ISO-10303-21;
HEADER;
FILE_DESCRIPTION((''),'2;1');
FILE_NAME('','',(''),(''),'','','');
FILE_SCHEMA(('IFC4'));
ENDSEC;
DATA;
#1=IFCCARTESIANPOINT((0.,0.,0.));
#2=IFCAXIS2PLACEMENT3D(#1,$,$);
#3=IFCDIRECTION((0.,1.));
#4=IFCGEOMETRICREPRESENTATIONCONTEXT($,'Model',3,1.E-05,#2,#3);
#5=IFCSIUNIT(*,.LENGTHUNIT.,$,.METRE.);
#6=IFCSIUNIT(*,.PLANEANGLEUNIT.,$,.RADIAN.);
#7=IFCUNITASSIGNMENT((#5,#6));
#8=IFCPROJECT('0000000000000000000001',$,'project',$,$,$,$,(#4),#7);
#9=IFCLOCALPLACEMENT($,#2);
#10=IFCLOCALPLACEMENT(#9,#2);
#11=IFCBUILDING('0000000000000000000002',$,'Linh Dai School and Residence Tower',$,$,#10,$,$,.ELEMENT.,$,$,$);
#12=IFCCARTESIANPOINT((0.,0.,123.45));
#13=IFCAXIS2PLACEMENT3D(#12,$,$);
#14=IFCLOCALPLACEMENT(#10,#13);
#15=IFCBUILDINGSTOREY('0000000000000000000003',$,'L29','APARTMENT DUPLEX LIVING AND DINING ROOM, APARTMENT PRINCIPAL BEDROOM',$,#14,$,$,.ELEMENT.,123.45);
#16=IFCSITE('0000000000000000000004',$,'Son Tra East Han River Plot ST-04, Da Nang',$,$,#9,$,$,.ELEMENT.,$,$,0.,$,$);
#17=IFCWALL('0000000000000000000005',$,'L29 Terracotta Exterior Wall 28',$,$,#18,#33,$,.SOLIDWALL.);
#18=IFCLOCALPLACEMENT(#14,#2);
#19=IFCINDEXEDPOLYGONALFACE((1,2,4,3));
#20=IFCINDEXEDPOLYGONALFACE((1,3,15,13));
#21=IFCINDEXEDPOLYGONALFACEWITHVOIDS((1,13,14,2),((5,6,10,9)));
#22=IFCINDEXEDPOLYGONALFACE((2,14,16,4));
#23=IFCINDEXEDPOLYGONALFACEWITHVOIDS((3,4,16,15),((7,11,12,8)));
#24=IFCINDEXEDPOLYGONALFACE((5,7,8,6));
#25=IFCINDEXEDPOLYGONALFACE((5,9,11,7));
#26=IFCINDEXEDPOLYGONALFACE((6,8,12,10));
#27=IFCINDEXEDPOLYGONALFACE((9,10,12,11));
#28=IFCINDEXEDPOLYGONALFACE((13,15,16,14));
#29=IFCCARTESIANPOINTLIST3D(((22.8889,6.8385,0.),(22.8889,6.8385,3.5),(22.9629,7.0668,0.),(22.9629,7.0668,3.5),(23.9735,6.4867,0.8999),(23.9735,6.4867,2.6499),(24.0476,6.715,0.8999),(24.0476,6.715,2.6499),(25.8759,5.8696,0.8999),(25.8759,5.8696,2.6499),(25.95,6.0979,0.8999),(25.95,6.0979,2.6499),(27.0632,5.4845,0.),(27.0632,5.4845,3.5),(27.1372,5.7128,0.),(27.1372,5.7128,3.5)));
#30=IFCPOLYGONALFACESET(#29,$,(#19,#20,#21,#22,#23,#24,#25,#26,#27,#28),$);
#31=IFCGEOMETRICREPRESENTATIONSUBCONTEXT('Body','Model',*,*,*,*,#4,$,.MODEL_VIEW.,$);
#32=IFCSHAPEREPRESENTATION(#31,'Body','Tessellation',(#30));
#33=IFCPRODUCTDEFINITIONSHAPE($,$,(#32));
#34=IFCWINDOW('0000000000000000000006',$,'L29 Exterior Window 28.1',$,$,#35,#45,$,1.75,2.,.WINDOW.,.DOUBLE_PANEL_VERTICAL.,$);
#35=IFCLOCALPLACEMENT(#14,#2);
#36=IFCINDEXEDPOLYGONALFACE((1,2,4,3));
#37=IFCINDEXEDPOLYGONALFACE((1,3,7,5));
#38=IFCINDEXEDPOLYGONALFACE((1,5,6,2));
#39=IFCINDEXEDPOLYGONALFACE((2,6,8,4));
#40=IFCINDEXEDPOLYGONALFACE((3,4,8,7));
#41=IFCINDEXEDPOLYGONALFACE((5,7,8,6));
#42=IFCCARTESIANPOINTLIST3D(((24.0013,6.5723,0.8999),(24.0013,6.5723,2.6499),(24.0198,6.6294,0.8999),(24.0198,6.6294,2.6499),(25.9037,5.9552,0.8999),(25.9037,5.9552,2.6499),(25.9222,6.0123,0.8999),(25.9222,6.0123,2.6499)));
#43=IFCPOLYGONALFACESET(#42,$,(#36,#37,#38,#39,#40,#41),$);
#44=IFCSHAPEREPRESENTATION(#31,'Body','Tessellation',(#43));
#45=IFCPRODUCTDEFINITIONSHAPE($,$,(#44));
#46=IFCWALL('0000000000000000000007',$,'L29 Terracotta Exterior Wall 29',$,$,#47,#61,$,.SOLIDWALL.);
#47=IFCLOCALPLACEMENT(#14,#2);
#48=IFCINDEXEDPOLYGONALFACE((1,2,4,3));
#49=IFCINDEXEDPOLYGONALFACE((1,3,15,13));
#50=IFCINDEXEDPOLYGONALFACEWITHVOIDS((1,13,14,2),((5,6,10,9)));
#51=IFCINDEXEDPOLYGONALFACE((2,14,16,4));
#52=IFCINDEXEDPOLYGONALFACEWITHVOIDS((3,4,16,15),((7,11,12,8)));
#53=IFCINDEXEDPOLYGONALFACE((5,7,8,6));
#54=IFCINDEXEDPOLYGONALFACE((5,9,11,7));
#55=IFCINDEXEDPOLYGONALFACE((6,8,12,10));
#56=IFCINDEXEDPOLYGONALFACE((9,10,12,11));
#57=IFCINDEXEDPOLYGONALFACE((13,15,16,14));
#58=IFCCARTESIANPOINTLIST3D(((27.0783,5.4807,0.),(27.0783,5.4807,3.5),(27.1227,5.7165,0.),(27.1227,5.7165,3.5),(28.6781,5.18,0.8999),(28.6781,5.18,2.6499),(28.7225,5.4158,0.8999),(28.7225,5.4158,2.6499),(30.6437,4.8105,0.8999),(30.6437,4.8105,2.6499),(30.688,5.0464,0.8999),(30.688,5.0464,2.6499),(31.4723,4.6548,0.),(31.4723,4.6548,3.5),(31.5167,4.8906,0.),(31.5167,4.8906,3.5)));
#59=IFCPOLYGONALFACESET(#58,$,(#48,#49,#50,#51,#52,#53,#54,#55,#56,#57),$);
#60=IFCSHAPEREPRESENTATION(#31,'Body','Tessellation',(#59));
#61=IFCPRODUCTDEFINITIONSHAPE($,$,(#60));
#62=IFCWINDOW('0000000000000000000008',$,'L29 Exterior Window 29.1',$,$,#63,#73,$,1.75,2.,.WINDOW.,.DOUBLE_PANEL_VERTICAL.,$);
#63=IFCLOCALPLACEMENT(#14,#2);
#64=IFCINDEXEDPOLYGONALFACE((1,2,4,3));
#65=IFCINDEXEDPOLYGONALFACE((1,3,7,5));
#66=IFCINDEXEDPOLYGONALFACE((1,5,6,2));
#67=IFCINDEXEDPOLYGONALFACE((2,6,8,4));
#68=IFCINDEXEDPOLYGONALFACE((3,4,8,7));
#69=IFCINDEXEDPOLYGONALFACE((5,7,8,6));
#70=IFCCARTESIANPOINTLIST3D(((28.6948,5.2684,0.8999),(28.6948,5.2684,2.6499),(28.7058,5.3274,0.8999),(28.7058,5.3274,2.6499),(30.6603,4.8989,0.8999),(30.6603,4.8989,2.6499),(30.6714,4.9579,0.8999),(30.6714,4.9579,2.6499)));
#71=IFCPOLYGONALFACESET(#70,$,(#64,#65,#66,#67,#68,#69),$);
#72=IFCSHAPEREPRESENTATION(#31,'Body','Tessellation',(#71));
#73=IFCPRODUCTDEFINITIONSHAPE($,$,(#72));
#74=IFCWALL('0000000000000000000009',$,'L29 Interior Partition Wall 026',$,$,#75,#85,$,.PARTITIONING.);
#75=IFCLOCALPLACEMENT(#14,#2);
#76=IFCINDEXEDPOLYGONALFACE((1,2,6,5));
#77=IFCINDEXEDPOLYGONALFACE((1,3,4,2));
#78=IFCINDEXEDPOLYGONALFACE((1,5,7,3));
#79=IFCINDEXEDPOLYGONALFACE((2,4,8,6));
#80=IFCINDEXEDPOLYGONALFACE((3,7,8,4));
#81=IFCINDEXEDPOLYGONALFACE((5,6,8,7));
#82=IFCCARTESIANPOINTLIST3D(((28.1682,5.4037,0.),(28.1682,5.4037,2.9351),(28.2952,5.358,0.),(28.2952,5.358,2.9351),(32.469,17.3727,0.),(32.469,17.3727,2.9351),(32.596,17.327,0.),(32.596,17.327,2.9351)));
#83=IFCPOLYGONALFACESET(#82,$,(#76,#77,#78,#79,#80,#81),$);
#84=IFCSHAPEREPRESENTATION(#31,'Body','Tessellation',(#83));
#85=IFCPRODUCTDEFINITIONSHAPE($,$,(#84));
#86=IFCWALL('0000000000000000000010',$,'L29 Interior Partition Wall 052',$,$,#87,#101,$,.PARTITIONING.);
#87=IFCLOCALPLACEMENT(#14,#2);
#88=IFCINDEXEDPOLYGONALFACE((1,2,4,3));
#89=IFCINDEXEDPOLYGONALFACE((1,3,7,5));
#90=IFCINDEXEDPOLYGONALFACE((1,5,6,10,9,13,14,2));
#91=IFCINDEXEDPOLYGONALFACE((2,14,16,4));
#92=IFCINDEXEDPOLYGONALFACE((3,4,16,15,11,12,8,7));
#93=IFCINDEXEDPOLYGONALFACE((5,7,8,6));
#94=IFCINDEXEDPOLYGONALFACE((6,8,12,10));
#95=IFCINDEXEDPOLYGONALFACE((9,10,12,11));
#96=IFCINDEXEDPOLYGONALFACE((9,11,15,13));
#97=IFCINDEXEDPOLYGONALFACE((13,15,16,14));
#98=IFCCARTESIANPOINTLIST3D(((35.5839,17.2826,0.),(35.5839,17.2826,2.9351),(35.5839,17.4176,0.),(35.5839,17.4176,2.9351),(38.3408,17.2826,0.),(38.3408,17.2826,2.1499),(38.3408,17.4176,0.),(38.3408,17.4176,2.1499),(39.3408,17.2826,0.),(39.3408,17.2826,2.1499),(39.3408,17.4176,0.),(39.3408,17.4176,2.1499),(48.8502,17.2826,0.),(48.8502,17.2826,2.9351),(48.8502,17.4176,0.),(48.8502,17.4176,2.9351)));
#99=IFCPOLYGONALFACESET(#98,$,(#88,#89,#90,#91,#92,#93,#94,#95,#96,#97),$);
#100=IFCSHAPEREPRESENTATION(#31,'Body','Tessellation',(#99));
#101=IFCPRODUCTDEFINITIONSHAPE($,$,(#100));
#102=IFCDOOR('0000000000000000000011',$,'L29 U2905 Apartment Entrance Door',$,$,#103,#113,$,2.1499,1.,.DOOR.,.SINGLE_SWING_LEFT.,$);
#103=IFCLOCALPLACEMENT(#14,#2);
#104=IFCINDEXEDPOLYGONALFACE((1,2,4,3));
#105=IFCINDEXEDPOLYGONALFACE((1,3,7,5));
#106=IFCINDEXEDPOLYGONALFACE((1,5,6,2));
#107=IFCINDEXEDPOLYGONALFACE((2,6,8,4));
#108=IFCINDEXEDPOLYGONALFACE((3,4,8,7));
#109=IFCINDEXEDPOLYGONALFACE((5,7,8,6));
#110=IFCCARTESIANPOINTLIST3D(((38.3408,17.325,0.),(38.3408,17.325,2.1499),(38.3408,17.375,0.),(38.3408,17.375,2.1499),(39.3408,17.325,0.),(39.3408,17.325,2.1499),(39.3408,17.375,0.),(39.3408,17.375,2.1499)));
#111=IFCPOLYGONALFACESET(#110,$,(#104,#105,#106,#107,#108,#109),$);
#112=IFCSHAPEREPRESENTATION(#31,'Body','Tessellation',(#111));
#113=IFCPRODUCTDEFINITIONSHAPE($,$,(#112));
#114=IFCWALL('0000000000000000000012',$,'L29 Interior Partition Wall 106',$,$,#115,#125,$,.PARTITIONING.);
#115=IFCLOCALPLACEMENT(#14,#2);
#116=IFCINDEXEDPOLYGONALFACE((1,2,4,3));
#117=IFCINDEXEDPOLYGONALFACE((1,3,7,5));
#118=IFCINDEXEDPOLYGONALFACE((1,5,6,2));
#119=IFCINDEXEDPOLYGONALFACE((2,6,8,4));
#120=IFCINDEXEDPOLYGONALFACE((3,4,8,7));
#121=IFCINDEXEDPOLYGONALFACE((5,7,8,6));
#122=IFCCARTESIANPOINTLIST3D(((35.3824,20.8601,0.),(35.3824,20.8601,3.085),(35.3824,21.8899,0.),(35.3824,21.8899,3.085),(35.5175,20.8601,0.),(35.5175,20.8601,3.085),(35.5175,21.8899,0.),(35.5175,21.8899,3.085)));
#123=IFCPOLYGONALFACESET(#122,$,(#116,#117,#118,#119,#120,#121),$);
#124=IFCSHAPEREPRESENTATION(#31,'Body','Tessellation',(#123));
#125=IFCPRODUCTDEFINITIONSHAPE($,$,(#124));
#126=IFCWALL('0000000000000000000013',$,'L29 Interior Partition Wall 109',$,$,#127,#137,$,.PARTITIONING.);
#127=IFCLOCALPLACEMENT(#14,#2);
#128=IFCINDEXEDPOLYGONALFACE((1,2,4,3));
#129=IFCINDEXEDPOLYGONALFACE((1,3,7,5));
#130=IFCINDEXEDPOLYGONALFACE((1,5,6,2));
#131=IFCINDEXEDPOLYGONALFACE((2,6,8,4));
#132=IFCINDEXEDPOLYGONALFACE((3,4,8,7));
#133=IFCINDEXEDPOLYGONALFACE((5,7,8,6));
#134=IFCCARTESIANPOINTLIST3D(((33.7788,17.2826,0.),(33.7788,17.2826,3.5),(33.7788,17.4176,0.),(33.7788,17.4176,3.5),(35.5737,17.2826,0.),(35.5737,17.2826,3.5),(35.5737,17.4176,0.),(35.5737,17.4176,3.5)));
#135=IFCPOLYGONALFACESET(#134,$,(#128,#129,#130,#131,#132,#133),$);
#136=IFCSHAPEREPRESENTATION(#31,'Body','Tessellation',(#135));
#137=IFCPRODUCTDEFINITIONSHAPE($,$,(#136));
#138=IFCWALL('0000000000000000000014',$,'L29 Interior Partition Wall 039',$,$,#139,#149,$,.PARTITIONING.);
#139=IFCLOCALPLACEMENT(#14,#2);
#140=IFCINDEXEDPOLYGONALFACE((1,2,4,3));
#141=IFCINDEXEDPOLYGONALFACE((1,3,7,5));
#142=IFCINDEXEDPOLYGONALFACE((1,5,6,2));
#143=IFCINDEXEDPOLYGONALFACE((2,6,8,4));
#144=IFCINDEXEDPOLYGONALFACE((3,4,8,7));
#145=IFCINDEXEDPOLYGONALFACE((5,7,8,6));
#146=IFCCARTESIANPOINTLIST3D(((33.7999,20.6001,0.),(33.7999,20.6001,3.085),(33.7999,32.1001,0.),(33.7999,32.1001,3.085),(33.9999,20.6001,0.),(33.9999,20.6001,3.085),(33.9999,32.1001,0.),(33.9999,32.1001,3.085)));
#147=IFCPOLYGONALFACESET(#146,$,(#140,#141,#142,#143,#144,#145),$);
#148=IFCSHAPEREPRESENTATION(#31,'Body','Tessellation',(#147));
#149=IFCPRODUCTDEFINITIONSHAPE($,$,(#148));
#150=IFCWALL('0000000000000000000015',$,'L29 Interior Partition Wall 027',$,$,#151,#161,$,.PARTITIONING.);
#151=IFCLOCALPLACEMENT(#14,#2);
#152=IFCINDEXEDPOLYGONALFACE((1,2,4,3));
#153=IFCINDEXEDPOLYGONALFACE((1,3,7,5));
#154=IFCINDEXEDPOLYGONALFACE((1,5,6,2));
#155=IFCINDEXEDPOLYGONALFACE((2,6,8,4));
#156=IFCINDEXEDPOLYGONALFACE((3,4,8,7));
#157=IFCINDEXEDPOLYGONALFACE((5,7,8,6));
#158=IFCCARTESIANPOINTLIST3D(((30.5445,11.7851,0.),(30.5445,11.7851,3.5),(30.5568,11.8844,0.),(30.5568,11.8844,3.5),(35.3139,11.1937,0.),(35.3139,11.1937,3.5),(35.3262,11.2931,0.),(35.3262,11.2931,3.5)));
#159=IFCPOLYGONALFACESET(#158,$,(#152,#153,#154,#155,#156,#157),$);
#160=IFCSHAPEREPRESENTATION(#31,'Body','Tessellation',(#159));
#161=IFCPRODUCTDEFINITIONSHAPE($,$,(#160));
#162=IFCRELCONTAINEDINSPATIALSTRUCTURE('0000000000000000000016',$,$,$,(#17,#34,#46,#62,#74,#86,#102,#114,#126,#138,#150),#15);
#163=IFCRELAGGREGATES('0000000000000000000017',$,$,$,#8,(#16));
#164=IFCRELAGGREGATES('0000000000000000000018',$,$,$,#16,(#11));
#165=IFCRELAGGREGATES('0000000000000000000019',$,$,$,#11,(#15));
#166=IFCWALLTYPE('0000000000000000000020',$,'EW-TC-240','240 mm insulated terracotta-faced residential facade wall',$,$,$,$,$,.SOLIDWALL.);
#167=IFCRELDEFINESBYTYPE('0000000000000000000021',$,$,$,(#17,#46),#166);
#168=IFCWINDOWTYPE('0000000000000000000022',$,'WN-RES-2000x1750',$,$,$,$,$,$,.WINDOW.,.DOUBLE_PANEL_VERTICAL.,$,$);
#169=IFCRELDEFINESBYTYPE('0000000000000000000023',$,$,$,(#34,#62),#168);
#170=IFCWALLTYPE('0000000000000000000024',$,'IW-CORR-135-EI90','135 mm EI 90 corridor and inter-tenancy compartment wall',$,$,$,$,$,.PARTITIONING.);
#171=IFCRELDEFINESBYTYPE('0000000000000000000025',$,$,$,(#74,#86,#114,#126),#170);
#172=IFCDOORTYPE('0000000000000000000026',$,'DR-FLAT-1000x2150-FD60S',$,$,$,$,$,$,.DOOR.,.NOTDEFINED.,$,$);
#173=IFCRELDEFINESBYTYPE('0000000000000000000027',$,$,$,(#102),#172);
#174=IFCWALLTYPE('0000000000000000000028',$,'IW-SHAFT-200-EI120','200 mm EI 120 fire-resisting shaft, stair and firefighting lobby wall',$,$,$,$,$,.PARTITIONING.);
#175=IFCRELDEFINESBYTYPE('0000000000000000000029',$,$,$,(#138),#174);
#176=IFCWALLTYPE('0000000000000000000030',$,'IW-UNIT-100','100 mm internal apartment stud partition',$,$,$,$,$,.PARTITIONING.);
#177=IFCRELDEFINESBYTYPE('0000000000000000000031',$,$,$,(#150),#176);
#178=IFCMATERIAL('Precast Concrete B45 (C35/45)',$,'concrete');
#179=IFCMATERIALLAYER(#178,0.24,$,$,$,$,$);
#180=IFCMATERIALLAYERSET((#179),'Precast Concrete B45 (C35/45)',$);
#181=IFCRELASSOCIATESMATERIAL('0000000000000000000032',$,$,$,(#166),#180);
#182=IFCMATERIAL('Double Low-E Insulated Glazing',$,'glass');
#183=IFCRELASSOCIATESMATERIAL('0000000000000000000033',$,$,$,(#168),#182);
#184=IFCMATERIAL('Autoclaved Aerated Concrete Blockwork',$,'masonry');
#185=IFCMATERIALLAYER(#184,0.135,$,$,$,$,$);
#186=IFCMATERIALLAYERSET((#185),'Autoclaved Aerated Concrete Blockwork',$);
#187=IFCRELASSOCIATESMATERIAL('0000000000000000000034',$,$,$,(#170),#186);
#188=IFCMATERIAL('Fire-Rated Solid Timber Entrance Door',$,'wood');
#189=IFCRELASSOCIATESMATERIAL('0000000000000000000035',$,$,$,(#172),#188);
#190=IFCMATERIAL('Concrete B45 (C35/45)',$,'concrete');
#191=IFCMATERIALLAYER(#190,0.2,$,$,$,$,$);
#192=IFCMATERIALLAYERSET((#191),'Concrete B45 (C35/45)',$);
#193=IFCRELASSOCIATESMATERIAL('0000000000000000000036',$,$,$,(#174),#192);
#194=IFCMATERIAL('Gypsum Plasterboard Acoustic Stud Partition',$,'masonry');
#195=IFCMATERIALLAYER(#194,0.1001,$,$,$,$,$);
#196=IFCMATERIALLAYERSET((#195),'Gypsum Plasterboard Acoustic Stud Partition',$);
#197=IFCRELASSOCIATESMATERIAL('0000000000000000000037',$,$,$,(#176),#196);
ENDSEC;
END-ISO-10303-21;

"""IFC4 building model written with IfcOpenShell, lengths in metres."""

from ifc_helpers import new_model, si_unit, direction, frame, frame_2d, origin, origin_2d, place, context, subcontext, project, spatial, rectangle, extrude, source, transform, mapped, material, layer, layer_set, type_object, element, fill, save


model = new_model("IFC4")

# Units and contexts
model_context = context("Model", 3, precision=1e-05, world=origin(), true_north=direction((0.0, 1.0)))
body_context = subcontext(model_context, "Body", "Model", "MODEL_VIEW")
ifc_project = project(units=[si_unit("LENGTHUNIT", "METRE"), si_unit("PLANEANGLEUNIT", "RADIAN")], contexts=[model_context])

# Site, building, storey
site_placement = place(None, origin())
site = spatial("IfcSite", under=ifc_project, at=site_placement, Name="Son Tra East Han River Plot ST-04, Da Nang", CompositionType="ELEMENT", RefElevation=0.0)
building_placement = place(site_placement, origin())
building = spatial("IfcBuilding", under=site, at=building_placement, Name="Linh Dai School and Residence Tower", CompositionType="ELEMENT")
storey_placement = place(building_placement, frame((0.0, 0.0, 123.45)))
storey = spatial("IfcBuildingStorey", under=building, at=storey_placement, Name="L29", Description="APARTMENT DUPLEX LIVING AND DINING ROOM, APARTMENT PRINCIPAL BEDROOM", CompositionType="ELEMENT", Elevation=123.45)

# Shared definitions
ifc_material_1 = material(Name="Precast Concrete B45 (C35/45)", Category="concrete")

# Walls, openings, windows
ifc_layer_1 = layer(ifc_material_1, 0.24)
ifc_layer_set_1 = layer_set([ifc_layer_1], Name="Precast Concrete B45 (C35/45)")
wall_type_1 = type_object("IfcWallType", Name="EW-TC-240", Description="240 mm insulated terracotta-faced residential facade wall", PredefinedType="SOLIDWALL", material=ifc_layer_set_1)
wall_1_placement = place(storey_placement, frame((27.1003, 5.5986, 0.0), z_axis=(0.0, 0.0, 1.0), x_axis=(-0.951211, 0.30854, 0.0)))
wall_1 = element("IfcWall", 1, at=wall_1_placement, inside=storey, type_object=wall_type_1, Name="L29 Terracotta Exterior Wall 28", PredefinedType="SOLIDWALL", context=body_context, shape_type="SweptSolid", body=[
    extrude(rectangle(XDim=4.3884, YDim=0.24, at=frame_2d((2.1943, 0.0))), origin(), (0.0, 0.0, 1.0), 3.5),
])
opening_1_placement = place(wall_1_placement, frame((1.2483, 0.0, 0.8999)))
opening_1 = element("IfcOpeningElement", 2, at=opening_1_placement, cuts=wall_1, PredefinedType="OPENING", context=body_context, shape_type="SweptSolid", body=[
    extrude(rectangle(XDim=2.0, YDim=1.75, at=origin_2d()), frame((1.0, 0.1299, 0.875), z_axis=(0.0, -1.0, 0.0), x_axis=(1.0, 0.0, 0.0)), (0.0, 0.0, 1.0), 0.26),
])
ifc_material_2 = material(Name="Double Low-E Insulated Glazing", Category="glass")
window_type = type_object("IfcWindowType", Name="WN-RES-2000x1750", PartitioningType="DOUBLE_PANEL_VERTICAL", PredefinedType="WINDOW", material=ifc_material_2)
shared_shape_1 = source(origin(), body_context, "Body", "SweptSolid", [
    extrude(rectangle(XDim=2.0, YDim=1.75, at=origin_2d()), frame((1.0, 0.03, 0.875), z_axis=(0.0, -1.0, 0.0), x_axis=(1.0, 0.0, 0.0)), (0.0, 0.0, 1.0), 0.0601),
])
window_1_placement = place(opening_1_placement, origin())
window_1 = element("IfcWindow", 3, at=window_1_placement, inside=storey, type_object=window_type, Name="L29 Exterior Window 28.1", OverallHeight=1.75, OverallWidth=2.0, PartitioningType="DOUBLE_PANEL_VERTICAL", PredefinedType="WINDOW", context=body_context, shape_type="MappedRepresentation", body=[
    mapped(shared_shape_1, transform((0.0, 0.0, 0.0), x_axis=(1.0, 0.0, 0.0), y_axis=(0.0, 1.0, 0.0), z_axis=(0.0, 0.0, 1.0), scale=1.0)),
])
fill(opening_1, window_1)
wall_2_placement = place(storey_placement, frame((31.4944, 4.7727, 0.0), z_axis=(0.0, 0.0, 1.0), x_axis=(-0.982789, 0.18473, 0.0)))
wall_2 = element("IfcWall", 4, at=wall_2_placement, inside=storey, type_object=wall_type_1, Name="L29 Terracotta Exterior Wall 29", PredefinedType="SOLIDWALL", context=body_context, shape_type="SweptSolid", body=[
    extrude(rectangle(XDim=4.4709, YDim=0.24, at=frame_2d((2.2354, 0.0))), origin(), (0.0, 0.0, 1.0), 3.5),
])
opening_2_placement = place(wall_2_placement, frame((0.843, 0.0, 0.8999)))
opening_2 = element("IfcOpeningElement", 5, at=opening_2_placement, cuts=wall_2, PredefinedType="OPENING", context=body_context, shape_type="SweptSolid", body=[
    extrude(rectangle(XDim=2.0, YDim=1.75, at=origin_2d()), frame((1.0, 0.1299, 0.875), z_axis=(0.0, -1.0, 0.0), x_axis=(1.0, 0.0, 0.0)), (0.0, 0.0, 1.0), 0.26),
])
window_2_placement = place(opening_2_placement, origin())
window_2 = element("IfcWindow", 6, at=window_2_placement, inside=storey, type_object=window_type, Name="L29 Exterior Window 29.1", OverallHeight=1.75, OverallWidth=2.0, PartitioningType="DOUBLE_PANEL_VERTICAL", PredefinedType="WINDOW", context=body_context, shape_type="MappedRepresentation", body=[
    mapped(shared_shape_1, transform((0.0, 0.0, 0.0), x_axis=(1.0, 0.0, 0.0), y_axis=(0.0, 1.0, 0.0), z_axis=(0.0, 0.0, 1.0), scale=1.0)),
])
fill(opening_2, window_2)

# Wall
ifc_material_3 = material(Name="Autoclaved Aerated Concrete Blockwork", Category="masonry")
ifc_layer_2 = layer(ifc_material_3, 0.135)
ifc_layer_set_2 = layer_set([ifc_layer_2], Name="Autoclaved Aerated Concrete Blockwork")
wall_type_2 = type_object("IfcWallType", Name="IW-CORR-135-EI90", Description="135 mm EI 90 corridor and inter-tenancy compartment wall", PredefinedType="PARTITIONING", material=ifc_layer_set_2)
wall_3_placement = place(storey_placement, frame((28.2317, 5.3809, 0.0), z_axis=(0.0, 0.0, 1.0), x_axis=(0.338159, 0.941089, 0.0)))
element("IfcWall", 7, at=wall_3_placement, inside=storey, type_object=wall_type_2, Name="L29 Interior Partition Wall 026", PredefinedType="PARTITIONING", context=body_context, shape_type="SweptSolid", body=[
    extrude(rectangle(XDim=12.7183, YDim=0.135, at=frame_2d((6.3591, 0.0))), origin(), (0.0, 0.0, 1.0), 2.9351),
])

# Wall, opening, door
wall_4_placement = place(storey_placement, frame((35.5837, 17.3501, 0.0), z_axis=(0.0, 0.0, 1.0), x_axis=(1.0, 0.0, 0.0)))
wall_4 = element("IfcWall", 8, at=wall_4_placement, inside=storey, type_object=wall_type_2, Name="L29 Interior Partition Wall 052", PredefinedType="PARTITIONING", context=body_context, shape_type="SweptSolid", body=[
    extrude(rectangle(XDim=13.2664, YDim=0.135, at=frame_2d((6.6333, 0.0))), origin(), (0.0, 0.0, 1.0), 2.9351),
])
opening_3_placement = place(wall_4_placement, frame((2.7571, 0.0, 0.0)))
opening_3 = element("IfcOpeningElement", 9, at=opening_3_placement, cuts=wall_4, PredefinedType="OPENING", context=body_context, shape_type="SweptSolid", body=[
    extrude(rectangle(XDim=1.0, YDim=2.1499, at=origin_2d()), frame((0.5, 0.0776, 1.075), z_axis=(0.0, -1.0, 0.0), x_axis=(1.0, 0.0, 0.0)), (0.0, 0.0, 1.0), 0.155),
])
ifc_material_4 = material(Name="Fire-Rated Solid Timber Entrance Door", Category="wood")
door_type_1 = type_object("IfcDoorType", Name="DR-FLAT-1000x2150-FD60S", OperationType="NOTDEFINED", PredefinedType="DOOR", material=ifc_material_4)
shared_shape_2 = source(origin(), body_context, "Body", "SweptSolid", [
    extrude(rectangle(XDim=1.0, YDim=2.1499, at=origin_2d()), frame((0.5, 0.0249, 1.075), z_axis=(0.0, -1.0, 0.0), x_axis=(1.0, 0.0, 0.0)), (0.0, 0.0, 1.0), 0.05),
])
door_1_placement = place(opening_3_placement, origin())
door_1 = element("IfcDoor", 10, at=door_1_placement, inside=storey, type_object=door_type_1, Name="L29 U2905 Apartment Entrance Door", OperationType="SINGLE_SWING_LEFT", OverallHeight=2.1499, OverallWidth=1.0, PredefinedType="DOOR", context=body_context, shape_type="MappedRepresentation", body=[
    mapped(shared_shape_2, transform((0.0, 0.0, 0.0), x_axis=(1.0, 0.0, 0.0), y_axis=(0.0, 1.0, 0.0), z_axis=(0.0, 0.0, 1.0), scale=1.0)),
])
fill(opening_3, door_1)

# Walls
wall_5_placement = place(storey_placement, frame((35.45, 21.8899, 0.0), z_axis=(0.0, 0.0, 1.0), x_axis=(0.0, -1.0, 0.0)))
element("IfcWall", 11, at=wall_5_placement, inside=storey, type_object=wall_type_2, Name="L29 Interior Partition Wall 106", PredefinedType="PARTITIONING", context=body_context, shape_type="SweptSolid", body=[
    extrude(rectangle(XDim=1.0298, YDim=0.135, at=frame_2d((0.5149, 0.0))), origin(), (0.0, 0.0, 1.0), 3.085),
])
wall_6_placement = place(storey_placement, frame((35.5737, 17.3501, 0.0), z_axis=(0.0, 0.0, 1.0), x_axis=(-1.0, 0.0, 0.0)))
element("IfcWall", 12, at=wall_6_placement, inside=storey, type_object=wall_type_2, Name="L29 Interior Partition Wall 109", PredefinedType="PARTITIONING", context=body_context, shape_type="SweptSolid", body=[
    extrude(rectangle(XDim=1.7949, YDim=0.135, at=frame_2d((0.8975, 0.0))), origin(), (0.0, 0.0, 1.0), 3.5),
])
ifc_material_5 = material(Name="Concrete B45 (C35/45)", Category="concrete")
ifc_layer_3 = layer(ifc_material_5, 0.2)
ifc_layer_set_3 = layer_set([ifc_layer_3], Name="Concrete B45 (C35/45)")
wall_type_3 = type_object("IfcWallType", Name="IW-SHAFT-200-EI120", Description="200 mm EI 120 fire-resisting shaft, stair and firefighting lobby wall", PredefinedType="PARTITIONING", material=ifc_layer_set_3)
wall_7_placement = place(storey_placement, frame((33.8999, 20.6001, 0.0), z_axis=(0.0, 0.0, 1.0), x_axis=(0.0, 1.0, 0.0)))
element("IfcWall", 13, at=wall_7_placement, inside=storey, type_object=wall_type_3, Name="L29 Interior Partition Wall 039", PredefinedType="PARTITIONING", context=body_context, shape_type="SweptSolid", body=[
    extrude(rectangle(XDim=11.5, YDim=0.2, at=frame_2d((5.75, 0.0))), origin(), (0.0, 0.0, 1.0), 3.085),
])
ifc_material_6 = material(Name="Gypsum Plasterboard Acoustic Stud Partition", Category="masonry")
ifc_layer_4 = layer(ifc_material_6, 0.1001)
ifc_layer_set_4 = layer_set([ifc_layer_4], Name="Gypsum Plasterboard Acoustic Stud Partition")
wall_type_4 = type_object("IfcWallType", Name="IW-UNIT-100", Description="100 mm internal apartment stud partition", PredefinedType="PARTITIONING", material=ifc_layer_set_4)
wall_8_placement = place(storey_placement, frame((30.5508, 11.8347, 0.0), z_axis=(0.0, 0.0, 1.0), x_axis=(0.992402, -0.123041, 0.0)))
element("IfcWall", 14, at=wall_8_placement, inside=storey, type_object=wall_type_4, Name="L29 Interior Partition Wall 027", PredefinedType="PARTITIONING", context=body_context, shape_type="SweptSolid", body=[
    extrude(rectangle(XDim=4.8059, YDim=0.1001, at=frame_2d((2.4028, 0.0))), origin(), (0.0, 0.0, 1.0), 3.5),
])

save(model, "model.ifc")
